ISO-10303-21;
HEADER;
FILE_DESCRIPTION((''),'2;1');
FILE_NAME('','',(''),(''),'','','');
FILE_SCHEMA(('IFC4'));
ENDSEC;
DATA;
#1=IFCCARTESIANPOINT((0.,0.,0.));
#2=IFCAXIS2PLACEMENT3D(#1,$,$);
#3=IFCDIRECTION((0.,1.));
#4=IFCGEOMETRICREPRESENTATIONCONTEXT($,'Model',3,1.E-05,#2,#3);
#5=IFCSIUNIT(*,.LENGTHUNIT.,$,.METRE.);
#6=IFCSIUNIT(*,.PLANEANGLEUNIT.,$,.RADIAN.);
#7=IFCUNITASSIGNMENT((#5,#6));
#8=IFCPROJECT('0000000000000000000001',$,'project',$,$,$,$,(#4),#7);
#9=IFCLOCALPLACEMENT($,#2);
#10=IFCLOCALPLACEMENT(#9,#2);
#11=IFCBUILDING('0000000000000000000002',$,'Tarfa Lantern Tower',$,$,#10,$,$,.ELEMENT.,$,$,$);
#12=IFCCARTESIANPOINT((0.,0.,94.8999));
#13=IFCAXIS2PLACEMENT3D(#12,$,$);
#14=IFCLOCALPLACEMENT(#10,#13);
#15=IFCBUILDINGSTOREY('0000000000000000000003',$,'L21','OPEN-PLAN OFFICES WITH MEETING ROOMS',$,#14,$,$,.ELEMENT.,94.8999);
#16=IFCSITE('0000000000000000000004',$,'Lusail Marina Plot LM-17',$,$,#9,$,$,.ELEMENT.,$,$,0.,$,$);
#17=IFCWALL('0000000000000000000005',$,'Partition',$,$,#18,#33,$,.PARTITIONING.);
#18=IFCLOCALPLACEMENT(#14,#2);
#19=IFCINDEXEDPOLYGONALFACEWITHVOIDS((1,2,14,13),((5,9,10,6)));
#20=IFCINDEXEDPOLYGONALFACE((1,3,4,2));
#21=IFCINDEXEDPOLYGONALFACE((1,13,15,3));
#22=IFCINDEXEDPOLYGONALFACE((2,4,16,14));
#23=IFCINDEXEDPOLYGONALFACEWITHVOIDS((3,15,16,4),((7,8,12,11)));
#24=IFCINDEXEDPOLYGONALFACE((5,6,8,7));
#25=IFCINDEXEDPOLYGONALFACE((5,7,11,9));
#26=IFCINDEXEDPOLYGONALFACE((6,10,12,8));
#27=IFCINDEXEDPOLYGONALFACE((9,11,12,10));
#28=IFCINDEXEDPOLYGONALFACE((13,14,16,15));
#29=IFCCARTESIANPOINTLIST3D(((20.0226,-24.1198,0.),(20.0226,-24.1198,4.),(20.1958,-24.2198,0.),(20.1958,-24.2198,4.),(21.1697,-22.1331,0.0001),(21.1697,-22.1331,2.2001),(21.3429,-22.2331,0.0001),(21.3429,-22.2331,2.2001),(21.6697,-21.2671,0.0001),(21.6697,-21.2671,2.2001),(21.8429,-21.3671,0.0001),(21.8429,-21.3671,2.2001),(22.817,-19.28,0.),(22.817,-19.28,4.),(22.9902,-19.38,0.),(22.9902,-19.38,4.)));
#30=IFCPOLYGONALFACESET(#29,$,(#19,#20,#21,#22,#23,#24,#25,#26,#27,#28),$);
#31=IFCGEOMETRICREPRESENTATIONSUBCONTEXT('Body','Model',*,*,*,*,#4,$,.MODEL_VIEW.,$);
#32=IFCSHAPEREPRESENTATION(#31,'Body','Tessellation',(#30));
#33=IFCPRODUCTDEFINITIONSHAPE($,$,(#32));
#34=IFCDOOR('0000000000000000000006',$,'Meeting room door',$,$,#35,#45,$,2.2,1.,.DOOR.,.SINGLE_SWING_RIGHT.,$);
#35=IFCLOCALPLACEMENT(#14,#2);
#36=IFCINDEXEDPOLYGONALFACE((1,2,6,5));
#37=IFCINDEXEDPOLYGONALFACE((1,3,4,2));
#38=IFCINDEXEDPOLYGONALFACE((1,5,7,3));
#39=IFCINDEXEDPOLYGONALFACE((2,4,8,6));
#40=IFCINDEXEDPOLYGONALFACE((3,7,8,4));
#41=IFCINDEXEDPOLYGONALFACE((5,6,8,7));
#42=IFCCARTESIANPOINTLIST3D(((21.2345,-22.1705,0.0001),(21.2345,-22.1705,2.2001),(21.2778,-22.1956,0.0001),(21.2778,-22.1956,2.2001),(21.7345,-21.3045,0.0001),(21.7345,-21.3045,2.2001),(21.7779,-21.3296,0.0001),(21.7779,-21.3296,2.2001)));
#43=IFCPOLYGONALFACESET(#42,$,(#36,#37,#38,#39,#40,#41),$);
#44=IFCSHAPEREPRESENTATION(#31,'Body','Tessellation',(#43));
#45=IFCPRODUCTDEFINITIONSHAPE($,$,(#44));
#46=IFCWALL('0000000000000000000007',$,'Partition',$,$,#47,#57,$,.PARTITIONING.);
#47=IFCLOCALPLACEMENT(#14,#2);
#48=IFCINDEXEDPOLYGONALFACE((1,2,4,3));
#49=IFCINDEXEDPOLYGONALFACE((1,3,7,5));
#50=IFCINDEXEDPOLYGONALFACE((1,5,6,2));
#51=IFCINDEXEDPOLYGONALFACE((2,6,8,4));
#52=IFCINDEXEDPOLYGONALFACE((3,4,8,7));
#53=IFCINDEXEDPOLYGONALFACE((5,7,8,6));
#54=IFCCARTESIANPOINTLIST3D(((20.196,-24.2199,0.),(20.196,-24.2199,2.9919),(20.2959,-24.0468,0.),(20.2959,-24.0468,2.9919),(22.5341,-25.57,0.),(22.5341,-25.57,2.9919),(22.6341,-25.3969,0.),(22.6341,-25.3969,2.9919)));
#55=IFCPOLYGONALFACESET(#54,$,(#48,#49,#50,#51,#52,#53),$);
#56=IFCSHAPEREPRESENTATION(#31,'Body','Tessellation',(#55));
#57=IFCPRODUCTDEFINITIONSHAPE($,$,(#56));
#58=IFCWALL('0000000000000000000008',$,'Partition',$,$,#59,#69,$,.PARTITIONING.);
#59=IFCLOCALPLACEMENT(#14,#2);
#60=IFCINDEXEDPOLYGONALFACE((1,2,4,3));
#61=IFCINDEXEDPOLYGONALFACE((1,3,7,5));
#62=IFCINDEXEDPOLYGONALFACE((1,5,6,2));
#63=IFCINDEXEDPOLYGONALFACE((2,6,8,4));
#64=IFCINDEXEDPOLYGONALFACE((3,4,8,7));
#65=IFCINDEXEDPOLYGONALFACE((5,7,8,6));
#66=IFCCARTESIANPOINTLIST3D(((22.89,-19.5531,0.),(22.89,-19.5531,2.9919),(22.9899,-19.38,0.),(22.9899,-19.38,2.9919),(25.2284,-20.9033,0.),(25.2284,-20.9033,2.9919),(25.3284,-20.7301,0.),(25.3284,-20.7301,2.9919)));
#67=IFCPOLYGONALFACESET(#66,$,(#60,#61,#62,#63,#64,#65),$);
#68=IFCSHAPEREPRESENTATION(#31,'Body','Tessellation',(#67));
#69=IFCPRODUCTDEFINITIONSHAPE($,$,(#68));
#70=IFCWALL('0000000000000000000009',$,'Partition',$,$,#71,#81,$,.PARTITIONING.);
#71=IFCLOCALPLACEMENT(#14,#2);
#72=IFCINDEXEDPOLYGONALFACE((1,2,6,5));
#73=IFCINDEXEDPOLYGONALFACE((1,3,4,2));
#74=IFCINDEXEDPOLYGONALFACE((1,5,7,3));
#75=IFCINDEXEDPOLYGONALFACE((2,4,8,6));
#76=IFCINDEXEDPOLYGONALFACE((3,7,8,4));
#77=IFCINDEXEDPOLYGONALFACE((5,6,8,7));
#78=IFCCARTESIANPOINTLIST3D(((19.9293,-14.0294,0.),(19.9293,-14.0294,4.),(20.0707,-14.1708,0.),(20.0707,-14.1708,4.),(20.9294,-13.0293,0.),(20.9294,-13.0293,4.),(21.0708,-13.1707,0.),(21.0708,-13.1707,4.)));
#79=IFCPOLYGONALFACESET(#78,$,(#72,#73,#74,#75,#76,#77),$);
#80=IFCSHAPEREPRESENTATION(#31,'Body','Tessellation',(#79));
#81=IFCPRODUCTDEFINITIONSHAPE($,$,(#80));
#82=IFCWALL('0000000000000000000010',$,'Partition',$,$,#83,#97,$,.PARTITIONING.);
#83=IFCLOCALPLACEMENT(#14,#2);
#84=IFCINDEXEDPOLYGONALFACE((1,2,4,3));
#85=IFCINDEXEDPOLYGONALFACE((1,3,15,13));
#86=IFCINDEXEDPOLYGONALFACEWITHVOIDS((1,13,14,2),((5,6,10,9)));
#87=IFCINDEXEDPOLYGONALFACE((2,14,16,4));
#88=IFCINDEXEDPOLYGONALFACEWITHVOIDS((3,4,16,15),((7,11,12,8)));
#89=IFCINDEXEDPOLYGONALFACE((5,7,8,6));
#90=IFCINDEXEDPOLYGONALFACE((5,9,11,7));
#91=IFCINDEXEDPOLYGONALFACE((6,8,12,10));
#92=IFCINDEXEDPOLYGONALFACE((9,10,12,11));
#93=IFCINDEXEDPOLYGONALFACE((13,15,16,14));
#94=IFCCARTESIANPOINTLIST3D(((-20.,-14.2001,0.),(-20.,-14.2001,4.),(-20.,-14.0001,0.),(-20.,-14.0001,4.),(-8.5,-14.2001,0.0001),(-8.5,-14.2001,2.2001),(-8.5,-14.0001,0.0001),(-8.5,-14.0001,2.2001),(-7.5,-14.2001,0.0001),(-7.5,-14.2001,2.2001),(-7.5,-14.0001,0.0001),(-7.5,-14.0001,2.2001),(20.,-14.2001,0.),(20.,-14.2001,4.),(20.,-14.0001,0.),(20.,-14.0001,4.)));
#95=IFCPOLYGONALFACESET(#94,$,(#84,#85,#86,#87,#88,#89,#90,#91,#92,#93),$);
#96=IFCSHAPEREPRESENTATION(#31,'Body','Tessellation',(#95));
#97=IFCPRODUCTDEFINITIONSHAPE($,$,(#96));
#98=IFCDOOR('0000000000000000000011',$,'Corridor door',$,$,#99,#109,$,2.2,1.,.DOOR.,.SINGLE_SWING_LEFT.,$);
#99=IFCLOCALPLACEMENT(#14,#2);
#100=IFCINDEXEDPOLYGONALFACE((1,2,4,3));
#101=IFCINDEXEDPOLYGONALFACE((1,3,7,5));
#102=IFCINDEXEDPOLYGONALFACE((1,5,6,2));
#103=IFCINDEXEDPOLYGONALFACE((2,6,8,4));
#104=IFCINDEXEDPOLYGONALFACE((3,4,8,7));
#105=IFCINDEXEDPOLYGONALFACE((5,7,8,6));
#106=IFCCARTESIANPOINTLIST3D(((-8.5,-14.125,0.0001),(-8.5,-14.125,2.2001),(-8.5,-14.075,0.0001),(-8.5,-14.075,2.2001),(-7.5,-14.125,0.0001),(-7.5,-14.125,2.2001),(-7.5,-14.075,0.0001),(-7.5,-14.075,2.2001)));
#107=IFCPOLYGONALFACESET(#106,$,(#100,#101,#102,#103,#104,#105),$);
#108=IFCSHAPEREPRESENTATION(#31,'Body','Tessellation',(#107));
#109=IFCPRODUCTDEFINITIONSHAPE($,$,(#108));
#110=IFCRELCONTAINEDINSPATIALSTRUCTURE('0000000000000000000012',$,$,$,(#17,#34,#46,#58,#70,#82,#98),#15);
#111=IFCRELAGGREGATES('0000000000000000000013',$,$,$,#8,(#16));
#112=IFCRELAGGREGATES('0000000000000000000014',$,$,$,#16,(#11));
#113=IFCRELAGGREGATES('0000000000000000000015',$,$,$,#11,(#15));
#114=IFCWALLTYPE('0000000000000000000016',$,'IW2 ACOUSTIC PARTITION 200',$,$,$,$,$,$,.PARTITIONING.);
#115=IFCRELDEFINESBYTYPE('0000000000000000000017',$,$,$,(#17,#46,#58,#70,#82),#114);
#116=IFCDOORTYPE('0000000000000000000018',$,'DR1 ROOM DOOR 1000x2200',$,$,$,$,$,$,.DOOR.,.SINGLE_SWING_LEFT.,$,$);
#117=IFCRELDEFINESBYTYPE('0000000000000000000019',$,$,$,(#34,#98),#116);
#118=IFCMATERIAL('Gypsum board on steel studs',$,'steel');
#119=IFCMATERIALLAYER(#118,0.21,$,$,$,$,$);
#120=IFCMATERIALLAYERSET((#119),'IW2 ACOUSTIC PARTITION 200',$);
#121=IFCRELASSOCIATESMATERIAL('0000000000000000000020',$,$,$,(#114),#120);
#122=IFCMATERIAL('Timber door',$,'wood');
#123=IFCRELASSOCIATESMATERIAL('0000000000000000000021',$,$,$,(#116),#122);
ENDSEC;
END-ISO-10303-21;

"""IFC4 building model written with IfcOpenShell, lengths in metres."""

from ifc_helpers import new_model, si_unit, direction, frame, frame_2d, origin, place, context, subcontext, project, spatial, rectangle, extrude, material, layer, layer_set, type_object, element, fill, save


model = new_model("IFC4")

# Units and contexts
model_context = context("Model", 3, precision=1e-05, world=origin(), true_north=direction((0.0, 1.0)))
body_context = subcontext(model_context, "Body", "Model", "MODEL_VIEW")
ifc_project = project(units=[si_unit("LENGTHUNIT", "METRE"), si_unit("PLANEANGLEUNIT", "RADIAN")], contexts=[model_context])

# Site, building, storey
site_placement = place(None, origin())
site = spatial("IfcSite", under=ifc_project, at=site_placement, Name="Lusail Marina Plot LM-17", CompositionType="ELEMENT", RefElevation=0.0)
building_placement = place(site_placement, origin())
building = spatial("IfcBuilding", under=site, at=building_placement, Name="Tarfa Lantern Tower", CompositionType="ELEMENT")
storey_placement = place(building_placement, frame((0.0, 0.0, 94.8999)))
storey = spatial("IfcBuildingStorey", under=building, at=storey_placement, Name="L21", Description="OPEN-PLAN OFFICES WITH MEETING ROOMS", CompositionType="ELEMENT", Elevation=94.8999)

# Wall, opening, door
ifc_material_1 = material(Name="Gypsum board on steel studs", Category="steel")
ifc_layer_1 = layer(ifc_material_1, 0.21)
ifc_layer_set_1 = layer_set([ifc_layer_1], Name="IW2 ACOUSTIC PARTITION 200")
wall_type_1 = type_object("IfcWallType", Name="IW2 ACOUSTIC PARTITION 200", PredefinedType="PARTITIONING", material=ifc_layer_set_1)
wall_1_placement = place(storey_placement, frame((20.1091, -24.1699, 0.0), z_axis=(0.0, 0.0, 1.0), x_axis=(0.50002, 0.866014, 0.0)))
wall_1 = element("IfcWall", 1, at=wall_1_placement, inside=storey, type_object=wall_type_1, Name="Partition", PredefinedType="PARTITIONING", context=body_context, shape_type="SweptSolid", body=[
    extrude(rectangle(XDim=5.5886, YDim=0.2, at=frame_2d((2.7944, 0.0))), origin(), (0.0, 0.0, 1.0), 4.0),
])
opening_1_placement = place(wall_1_placement, frame((2.2942, 0.0, 0.0)))
opening_1 = element("IfcOpeningElement", 2, at=opening_1_placement, cuts=wall_1, PredefinedType="OPENING", context=body_context, shape_type="SweptSolid", body=[
    extrude(rectangle(XDim=1.0, YDim=2.2, at=frame_2d((0.5, 1.1001))), frame((0.0, 0.1099, 0.0), z_axis=(0.0, -1.0, 0.0), x_axis=(1.0, 0.0, 0.0)), (0.0, 0.0, 1.0), 0.22),
])
ifc_material_2 = material(Name="Timber door", Category="wood")
door_type_1 = type_object("IfcDoorType", Name="DR1 ROOM DOOR 1000x2200", OperationType="SINGLE_SWING_LEFT", PredefinedType="DOOR", material=ifc_material_2)
door_1_placement = place(opening_1_placement, frame((1.0, 0.0, 0.0), z_axis=(0.0, 0.0, 1.0), x_axis=(-1.0, 0.0, 0.0)))
door_1 = element("IfcDoor", 3, at=door_1_placement, inside=storey, type_object=door_type_1, Name="Meeting room door", OperationType="SINGLE_SWING_RIGHT", OverallHeight=2.2, OverallWidth=1.0, PredefinedType="DOOR", context=body_context, shape_type="SweptSolid", body=[
    extrude(rectangle(XDim=1.0, YDim=2.2, at=frame_2d((0.5, 1.1001))), frame((0.0, 0.0249, 0.0), z_axis=(0.0, -1.0, 0.0), x_axis=(1.0, 0.0, 0.0)), (0.0, 0.0, 1.0), 0.05),
])
fill(opening_1, door_1)

# Walls
wall_2_placement = place(storey_placement, frame((20.2458, -24.1333, 0.0), z_axis=(0.0, 0.0, 1.0), x_axis=(0.865997, -0.500049, 0.0)))
element("IfcWall", 4, at=wall_2_placement, inside=storey, type_object=wall_type_1, Name="Partition", PredefinedType="PARTITIONING", context=body_context, shape_type="SweptSolid", body=[
    extrude(rectangle(XDim=2.7, YDim=0.2, at=frame_2d((1.3501, 0.0))), origin(), (0.0, 0.0, 1.0), 2.9919),
])
wall_3_placement = place(storey_placement, frame((22.9399, -19.4666, 0.0), z_axis=(0.0, 0.0, 1.0), x_axis=(0.86602, -0.500009, 0.0)))
element("IfcWall", 5, at=wall_3_placement, inside=storey, type_object=wall_type_1, Name="Partition", PredefinedType="PARTITIONING", context=body_context, shape_type="SweptSolid", body=[
    extrude(rectangle(XDim=2.7002, YDim=0.2, at=frame_2d((1.3501, 0.0))), origin(), (0.0, 0.0, 1.0), 2.9919),
])
wall_4_placement = place(storey_placement, frame((21.0, -13.1001, 0.0), z_axis=(0.0, 0.0, 1.0), x_axis=(-0.707107, -0.707107, 0.0)))
element("IfcWall", 6, at=wall_4_placement, inside=storey, type_object=wall_type_1, Name="Partition", PredefinedType="PARTITIONING", context=body_context, shape_type="SweptSolid", body=[
    extrude(rectangle(XDim=1.4143, YDim=0.2, at=frame_2d((0.707, 0.0))), origin(), (0.0, 0.0, 1.0), 4.0),
])

# Wall, opening, door
wall_5_placement = place(storey_placement, frame((20.0, -14.1001, 0.0), z_axis=(0.0, 0.0, 1.0), x_axis=(-1.0, 0.0, 0.0)))
wall_5 = element("IfcWall", 7, at=wall_5_placement, inside=storey, type_object=wall_type_1, Name="Partition", PredefinedType="PARTITIONING", context=body_context, shape_type="SweptSolid", body=[
    extrude(rectangle(XDim=40.0, YDim=0.2, at=frame_2d((20.0, 0.0))), origin(), (0.0, 0.0, 1.0), 4.0),
])
opening_2_placement = place(wall_5_placement, frame((27.5, 0.0, 0.0)))
opening_2 = element("IfcOpeningElement", 8, at=opening_2_placement, cuts=wall_5, PredefinedType="OPENING", context=body_context, shape_type="SweptSolid", body=[
    extrude(rectangle(XDim=1.0, YDim=2.2, at=frame_2d((0.5, 1.1001))), frame((0.0, 0.1099, 0.0), z_axis=(0.0, -1.0, 0.0), x_axis=(1.0, 0.0, 0.0)), (0.0, 0.0, 1.0), 0.22),
])
door_2_placement = place(opening_2_placement, origin())
door_2 = element("IfcDoor", 9, at=door_2_placement, inside=storey, type_object=door_type_1, Name="Corridor door", OperationType="SINGLE_SWING_LEFT", OverallHeight=2.2, OverallWidth=1.0, PredefinedType="DOOR", context=body_context, shape_type="SweptSolid", body=[
    extrude(rectangle(XDim=1.0, YDim=2.2, at=frame_2d((0.5, 1.1001))), frame((0.0, 0.0249, 0.0), z_axis=(0.0, -1.0, 0.0), x_axis=(1.0, 0.0, 0.0)), (0.0, 0.0, 1.0), 0.05),
])
fill(opening_2, door_2)

save(model, "model.ifc")
